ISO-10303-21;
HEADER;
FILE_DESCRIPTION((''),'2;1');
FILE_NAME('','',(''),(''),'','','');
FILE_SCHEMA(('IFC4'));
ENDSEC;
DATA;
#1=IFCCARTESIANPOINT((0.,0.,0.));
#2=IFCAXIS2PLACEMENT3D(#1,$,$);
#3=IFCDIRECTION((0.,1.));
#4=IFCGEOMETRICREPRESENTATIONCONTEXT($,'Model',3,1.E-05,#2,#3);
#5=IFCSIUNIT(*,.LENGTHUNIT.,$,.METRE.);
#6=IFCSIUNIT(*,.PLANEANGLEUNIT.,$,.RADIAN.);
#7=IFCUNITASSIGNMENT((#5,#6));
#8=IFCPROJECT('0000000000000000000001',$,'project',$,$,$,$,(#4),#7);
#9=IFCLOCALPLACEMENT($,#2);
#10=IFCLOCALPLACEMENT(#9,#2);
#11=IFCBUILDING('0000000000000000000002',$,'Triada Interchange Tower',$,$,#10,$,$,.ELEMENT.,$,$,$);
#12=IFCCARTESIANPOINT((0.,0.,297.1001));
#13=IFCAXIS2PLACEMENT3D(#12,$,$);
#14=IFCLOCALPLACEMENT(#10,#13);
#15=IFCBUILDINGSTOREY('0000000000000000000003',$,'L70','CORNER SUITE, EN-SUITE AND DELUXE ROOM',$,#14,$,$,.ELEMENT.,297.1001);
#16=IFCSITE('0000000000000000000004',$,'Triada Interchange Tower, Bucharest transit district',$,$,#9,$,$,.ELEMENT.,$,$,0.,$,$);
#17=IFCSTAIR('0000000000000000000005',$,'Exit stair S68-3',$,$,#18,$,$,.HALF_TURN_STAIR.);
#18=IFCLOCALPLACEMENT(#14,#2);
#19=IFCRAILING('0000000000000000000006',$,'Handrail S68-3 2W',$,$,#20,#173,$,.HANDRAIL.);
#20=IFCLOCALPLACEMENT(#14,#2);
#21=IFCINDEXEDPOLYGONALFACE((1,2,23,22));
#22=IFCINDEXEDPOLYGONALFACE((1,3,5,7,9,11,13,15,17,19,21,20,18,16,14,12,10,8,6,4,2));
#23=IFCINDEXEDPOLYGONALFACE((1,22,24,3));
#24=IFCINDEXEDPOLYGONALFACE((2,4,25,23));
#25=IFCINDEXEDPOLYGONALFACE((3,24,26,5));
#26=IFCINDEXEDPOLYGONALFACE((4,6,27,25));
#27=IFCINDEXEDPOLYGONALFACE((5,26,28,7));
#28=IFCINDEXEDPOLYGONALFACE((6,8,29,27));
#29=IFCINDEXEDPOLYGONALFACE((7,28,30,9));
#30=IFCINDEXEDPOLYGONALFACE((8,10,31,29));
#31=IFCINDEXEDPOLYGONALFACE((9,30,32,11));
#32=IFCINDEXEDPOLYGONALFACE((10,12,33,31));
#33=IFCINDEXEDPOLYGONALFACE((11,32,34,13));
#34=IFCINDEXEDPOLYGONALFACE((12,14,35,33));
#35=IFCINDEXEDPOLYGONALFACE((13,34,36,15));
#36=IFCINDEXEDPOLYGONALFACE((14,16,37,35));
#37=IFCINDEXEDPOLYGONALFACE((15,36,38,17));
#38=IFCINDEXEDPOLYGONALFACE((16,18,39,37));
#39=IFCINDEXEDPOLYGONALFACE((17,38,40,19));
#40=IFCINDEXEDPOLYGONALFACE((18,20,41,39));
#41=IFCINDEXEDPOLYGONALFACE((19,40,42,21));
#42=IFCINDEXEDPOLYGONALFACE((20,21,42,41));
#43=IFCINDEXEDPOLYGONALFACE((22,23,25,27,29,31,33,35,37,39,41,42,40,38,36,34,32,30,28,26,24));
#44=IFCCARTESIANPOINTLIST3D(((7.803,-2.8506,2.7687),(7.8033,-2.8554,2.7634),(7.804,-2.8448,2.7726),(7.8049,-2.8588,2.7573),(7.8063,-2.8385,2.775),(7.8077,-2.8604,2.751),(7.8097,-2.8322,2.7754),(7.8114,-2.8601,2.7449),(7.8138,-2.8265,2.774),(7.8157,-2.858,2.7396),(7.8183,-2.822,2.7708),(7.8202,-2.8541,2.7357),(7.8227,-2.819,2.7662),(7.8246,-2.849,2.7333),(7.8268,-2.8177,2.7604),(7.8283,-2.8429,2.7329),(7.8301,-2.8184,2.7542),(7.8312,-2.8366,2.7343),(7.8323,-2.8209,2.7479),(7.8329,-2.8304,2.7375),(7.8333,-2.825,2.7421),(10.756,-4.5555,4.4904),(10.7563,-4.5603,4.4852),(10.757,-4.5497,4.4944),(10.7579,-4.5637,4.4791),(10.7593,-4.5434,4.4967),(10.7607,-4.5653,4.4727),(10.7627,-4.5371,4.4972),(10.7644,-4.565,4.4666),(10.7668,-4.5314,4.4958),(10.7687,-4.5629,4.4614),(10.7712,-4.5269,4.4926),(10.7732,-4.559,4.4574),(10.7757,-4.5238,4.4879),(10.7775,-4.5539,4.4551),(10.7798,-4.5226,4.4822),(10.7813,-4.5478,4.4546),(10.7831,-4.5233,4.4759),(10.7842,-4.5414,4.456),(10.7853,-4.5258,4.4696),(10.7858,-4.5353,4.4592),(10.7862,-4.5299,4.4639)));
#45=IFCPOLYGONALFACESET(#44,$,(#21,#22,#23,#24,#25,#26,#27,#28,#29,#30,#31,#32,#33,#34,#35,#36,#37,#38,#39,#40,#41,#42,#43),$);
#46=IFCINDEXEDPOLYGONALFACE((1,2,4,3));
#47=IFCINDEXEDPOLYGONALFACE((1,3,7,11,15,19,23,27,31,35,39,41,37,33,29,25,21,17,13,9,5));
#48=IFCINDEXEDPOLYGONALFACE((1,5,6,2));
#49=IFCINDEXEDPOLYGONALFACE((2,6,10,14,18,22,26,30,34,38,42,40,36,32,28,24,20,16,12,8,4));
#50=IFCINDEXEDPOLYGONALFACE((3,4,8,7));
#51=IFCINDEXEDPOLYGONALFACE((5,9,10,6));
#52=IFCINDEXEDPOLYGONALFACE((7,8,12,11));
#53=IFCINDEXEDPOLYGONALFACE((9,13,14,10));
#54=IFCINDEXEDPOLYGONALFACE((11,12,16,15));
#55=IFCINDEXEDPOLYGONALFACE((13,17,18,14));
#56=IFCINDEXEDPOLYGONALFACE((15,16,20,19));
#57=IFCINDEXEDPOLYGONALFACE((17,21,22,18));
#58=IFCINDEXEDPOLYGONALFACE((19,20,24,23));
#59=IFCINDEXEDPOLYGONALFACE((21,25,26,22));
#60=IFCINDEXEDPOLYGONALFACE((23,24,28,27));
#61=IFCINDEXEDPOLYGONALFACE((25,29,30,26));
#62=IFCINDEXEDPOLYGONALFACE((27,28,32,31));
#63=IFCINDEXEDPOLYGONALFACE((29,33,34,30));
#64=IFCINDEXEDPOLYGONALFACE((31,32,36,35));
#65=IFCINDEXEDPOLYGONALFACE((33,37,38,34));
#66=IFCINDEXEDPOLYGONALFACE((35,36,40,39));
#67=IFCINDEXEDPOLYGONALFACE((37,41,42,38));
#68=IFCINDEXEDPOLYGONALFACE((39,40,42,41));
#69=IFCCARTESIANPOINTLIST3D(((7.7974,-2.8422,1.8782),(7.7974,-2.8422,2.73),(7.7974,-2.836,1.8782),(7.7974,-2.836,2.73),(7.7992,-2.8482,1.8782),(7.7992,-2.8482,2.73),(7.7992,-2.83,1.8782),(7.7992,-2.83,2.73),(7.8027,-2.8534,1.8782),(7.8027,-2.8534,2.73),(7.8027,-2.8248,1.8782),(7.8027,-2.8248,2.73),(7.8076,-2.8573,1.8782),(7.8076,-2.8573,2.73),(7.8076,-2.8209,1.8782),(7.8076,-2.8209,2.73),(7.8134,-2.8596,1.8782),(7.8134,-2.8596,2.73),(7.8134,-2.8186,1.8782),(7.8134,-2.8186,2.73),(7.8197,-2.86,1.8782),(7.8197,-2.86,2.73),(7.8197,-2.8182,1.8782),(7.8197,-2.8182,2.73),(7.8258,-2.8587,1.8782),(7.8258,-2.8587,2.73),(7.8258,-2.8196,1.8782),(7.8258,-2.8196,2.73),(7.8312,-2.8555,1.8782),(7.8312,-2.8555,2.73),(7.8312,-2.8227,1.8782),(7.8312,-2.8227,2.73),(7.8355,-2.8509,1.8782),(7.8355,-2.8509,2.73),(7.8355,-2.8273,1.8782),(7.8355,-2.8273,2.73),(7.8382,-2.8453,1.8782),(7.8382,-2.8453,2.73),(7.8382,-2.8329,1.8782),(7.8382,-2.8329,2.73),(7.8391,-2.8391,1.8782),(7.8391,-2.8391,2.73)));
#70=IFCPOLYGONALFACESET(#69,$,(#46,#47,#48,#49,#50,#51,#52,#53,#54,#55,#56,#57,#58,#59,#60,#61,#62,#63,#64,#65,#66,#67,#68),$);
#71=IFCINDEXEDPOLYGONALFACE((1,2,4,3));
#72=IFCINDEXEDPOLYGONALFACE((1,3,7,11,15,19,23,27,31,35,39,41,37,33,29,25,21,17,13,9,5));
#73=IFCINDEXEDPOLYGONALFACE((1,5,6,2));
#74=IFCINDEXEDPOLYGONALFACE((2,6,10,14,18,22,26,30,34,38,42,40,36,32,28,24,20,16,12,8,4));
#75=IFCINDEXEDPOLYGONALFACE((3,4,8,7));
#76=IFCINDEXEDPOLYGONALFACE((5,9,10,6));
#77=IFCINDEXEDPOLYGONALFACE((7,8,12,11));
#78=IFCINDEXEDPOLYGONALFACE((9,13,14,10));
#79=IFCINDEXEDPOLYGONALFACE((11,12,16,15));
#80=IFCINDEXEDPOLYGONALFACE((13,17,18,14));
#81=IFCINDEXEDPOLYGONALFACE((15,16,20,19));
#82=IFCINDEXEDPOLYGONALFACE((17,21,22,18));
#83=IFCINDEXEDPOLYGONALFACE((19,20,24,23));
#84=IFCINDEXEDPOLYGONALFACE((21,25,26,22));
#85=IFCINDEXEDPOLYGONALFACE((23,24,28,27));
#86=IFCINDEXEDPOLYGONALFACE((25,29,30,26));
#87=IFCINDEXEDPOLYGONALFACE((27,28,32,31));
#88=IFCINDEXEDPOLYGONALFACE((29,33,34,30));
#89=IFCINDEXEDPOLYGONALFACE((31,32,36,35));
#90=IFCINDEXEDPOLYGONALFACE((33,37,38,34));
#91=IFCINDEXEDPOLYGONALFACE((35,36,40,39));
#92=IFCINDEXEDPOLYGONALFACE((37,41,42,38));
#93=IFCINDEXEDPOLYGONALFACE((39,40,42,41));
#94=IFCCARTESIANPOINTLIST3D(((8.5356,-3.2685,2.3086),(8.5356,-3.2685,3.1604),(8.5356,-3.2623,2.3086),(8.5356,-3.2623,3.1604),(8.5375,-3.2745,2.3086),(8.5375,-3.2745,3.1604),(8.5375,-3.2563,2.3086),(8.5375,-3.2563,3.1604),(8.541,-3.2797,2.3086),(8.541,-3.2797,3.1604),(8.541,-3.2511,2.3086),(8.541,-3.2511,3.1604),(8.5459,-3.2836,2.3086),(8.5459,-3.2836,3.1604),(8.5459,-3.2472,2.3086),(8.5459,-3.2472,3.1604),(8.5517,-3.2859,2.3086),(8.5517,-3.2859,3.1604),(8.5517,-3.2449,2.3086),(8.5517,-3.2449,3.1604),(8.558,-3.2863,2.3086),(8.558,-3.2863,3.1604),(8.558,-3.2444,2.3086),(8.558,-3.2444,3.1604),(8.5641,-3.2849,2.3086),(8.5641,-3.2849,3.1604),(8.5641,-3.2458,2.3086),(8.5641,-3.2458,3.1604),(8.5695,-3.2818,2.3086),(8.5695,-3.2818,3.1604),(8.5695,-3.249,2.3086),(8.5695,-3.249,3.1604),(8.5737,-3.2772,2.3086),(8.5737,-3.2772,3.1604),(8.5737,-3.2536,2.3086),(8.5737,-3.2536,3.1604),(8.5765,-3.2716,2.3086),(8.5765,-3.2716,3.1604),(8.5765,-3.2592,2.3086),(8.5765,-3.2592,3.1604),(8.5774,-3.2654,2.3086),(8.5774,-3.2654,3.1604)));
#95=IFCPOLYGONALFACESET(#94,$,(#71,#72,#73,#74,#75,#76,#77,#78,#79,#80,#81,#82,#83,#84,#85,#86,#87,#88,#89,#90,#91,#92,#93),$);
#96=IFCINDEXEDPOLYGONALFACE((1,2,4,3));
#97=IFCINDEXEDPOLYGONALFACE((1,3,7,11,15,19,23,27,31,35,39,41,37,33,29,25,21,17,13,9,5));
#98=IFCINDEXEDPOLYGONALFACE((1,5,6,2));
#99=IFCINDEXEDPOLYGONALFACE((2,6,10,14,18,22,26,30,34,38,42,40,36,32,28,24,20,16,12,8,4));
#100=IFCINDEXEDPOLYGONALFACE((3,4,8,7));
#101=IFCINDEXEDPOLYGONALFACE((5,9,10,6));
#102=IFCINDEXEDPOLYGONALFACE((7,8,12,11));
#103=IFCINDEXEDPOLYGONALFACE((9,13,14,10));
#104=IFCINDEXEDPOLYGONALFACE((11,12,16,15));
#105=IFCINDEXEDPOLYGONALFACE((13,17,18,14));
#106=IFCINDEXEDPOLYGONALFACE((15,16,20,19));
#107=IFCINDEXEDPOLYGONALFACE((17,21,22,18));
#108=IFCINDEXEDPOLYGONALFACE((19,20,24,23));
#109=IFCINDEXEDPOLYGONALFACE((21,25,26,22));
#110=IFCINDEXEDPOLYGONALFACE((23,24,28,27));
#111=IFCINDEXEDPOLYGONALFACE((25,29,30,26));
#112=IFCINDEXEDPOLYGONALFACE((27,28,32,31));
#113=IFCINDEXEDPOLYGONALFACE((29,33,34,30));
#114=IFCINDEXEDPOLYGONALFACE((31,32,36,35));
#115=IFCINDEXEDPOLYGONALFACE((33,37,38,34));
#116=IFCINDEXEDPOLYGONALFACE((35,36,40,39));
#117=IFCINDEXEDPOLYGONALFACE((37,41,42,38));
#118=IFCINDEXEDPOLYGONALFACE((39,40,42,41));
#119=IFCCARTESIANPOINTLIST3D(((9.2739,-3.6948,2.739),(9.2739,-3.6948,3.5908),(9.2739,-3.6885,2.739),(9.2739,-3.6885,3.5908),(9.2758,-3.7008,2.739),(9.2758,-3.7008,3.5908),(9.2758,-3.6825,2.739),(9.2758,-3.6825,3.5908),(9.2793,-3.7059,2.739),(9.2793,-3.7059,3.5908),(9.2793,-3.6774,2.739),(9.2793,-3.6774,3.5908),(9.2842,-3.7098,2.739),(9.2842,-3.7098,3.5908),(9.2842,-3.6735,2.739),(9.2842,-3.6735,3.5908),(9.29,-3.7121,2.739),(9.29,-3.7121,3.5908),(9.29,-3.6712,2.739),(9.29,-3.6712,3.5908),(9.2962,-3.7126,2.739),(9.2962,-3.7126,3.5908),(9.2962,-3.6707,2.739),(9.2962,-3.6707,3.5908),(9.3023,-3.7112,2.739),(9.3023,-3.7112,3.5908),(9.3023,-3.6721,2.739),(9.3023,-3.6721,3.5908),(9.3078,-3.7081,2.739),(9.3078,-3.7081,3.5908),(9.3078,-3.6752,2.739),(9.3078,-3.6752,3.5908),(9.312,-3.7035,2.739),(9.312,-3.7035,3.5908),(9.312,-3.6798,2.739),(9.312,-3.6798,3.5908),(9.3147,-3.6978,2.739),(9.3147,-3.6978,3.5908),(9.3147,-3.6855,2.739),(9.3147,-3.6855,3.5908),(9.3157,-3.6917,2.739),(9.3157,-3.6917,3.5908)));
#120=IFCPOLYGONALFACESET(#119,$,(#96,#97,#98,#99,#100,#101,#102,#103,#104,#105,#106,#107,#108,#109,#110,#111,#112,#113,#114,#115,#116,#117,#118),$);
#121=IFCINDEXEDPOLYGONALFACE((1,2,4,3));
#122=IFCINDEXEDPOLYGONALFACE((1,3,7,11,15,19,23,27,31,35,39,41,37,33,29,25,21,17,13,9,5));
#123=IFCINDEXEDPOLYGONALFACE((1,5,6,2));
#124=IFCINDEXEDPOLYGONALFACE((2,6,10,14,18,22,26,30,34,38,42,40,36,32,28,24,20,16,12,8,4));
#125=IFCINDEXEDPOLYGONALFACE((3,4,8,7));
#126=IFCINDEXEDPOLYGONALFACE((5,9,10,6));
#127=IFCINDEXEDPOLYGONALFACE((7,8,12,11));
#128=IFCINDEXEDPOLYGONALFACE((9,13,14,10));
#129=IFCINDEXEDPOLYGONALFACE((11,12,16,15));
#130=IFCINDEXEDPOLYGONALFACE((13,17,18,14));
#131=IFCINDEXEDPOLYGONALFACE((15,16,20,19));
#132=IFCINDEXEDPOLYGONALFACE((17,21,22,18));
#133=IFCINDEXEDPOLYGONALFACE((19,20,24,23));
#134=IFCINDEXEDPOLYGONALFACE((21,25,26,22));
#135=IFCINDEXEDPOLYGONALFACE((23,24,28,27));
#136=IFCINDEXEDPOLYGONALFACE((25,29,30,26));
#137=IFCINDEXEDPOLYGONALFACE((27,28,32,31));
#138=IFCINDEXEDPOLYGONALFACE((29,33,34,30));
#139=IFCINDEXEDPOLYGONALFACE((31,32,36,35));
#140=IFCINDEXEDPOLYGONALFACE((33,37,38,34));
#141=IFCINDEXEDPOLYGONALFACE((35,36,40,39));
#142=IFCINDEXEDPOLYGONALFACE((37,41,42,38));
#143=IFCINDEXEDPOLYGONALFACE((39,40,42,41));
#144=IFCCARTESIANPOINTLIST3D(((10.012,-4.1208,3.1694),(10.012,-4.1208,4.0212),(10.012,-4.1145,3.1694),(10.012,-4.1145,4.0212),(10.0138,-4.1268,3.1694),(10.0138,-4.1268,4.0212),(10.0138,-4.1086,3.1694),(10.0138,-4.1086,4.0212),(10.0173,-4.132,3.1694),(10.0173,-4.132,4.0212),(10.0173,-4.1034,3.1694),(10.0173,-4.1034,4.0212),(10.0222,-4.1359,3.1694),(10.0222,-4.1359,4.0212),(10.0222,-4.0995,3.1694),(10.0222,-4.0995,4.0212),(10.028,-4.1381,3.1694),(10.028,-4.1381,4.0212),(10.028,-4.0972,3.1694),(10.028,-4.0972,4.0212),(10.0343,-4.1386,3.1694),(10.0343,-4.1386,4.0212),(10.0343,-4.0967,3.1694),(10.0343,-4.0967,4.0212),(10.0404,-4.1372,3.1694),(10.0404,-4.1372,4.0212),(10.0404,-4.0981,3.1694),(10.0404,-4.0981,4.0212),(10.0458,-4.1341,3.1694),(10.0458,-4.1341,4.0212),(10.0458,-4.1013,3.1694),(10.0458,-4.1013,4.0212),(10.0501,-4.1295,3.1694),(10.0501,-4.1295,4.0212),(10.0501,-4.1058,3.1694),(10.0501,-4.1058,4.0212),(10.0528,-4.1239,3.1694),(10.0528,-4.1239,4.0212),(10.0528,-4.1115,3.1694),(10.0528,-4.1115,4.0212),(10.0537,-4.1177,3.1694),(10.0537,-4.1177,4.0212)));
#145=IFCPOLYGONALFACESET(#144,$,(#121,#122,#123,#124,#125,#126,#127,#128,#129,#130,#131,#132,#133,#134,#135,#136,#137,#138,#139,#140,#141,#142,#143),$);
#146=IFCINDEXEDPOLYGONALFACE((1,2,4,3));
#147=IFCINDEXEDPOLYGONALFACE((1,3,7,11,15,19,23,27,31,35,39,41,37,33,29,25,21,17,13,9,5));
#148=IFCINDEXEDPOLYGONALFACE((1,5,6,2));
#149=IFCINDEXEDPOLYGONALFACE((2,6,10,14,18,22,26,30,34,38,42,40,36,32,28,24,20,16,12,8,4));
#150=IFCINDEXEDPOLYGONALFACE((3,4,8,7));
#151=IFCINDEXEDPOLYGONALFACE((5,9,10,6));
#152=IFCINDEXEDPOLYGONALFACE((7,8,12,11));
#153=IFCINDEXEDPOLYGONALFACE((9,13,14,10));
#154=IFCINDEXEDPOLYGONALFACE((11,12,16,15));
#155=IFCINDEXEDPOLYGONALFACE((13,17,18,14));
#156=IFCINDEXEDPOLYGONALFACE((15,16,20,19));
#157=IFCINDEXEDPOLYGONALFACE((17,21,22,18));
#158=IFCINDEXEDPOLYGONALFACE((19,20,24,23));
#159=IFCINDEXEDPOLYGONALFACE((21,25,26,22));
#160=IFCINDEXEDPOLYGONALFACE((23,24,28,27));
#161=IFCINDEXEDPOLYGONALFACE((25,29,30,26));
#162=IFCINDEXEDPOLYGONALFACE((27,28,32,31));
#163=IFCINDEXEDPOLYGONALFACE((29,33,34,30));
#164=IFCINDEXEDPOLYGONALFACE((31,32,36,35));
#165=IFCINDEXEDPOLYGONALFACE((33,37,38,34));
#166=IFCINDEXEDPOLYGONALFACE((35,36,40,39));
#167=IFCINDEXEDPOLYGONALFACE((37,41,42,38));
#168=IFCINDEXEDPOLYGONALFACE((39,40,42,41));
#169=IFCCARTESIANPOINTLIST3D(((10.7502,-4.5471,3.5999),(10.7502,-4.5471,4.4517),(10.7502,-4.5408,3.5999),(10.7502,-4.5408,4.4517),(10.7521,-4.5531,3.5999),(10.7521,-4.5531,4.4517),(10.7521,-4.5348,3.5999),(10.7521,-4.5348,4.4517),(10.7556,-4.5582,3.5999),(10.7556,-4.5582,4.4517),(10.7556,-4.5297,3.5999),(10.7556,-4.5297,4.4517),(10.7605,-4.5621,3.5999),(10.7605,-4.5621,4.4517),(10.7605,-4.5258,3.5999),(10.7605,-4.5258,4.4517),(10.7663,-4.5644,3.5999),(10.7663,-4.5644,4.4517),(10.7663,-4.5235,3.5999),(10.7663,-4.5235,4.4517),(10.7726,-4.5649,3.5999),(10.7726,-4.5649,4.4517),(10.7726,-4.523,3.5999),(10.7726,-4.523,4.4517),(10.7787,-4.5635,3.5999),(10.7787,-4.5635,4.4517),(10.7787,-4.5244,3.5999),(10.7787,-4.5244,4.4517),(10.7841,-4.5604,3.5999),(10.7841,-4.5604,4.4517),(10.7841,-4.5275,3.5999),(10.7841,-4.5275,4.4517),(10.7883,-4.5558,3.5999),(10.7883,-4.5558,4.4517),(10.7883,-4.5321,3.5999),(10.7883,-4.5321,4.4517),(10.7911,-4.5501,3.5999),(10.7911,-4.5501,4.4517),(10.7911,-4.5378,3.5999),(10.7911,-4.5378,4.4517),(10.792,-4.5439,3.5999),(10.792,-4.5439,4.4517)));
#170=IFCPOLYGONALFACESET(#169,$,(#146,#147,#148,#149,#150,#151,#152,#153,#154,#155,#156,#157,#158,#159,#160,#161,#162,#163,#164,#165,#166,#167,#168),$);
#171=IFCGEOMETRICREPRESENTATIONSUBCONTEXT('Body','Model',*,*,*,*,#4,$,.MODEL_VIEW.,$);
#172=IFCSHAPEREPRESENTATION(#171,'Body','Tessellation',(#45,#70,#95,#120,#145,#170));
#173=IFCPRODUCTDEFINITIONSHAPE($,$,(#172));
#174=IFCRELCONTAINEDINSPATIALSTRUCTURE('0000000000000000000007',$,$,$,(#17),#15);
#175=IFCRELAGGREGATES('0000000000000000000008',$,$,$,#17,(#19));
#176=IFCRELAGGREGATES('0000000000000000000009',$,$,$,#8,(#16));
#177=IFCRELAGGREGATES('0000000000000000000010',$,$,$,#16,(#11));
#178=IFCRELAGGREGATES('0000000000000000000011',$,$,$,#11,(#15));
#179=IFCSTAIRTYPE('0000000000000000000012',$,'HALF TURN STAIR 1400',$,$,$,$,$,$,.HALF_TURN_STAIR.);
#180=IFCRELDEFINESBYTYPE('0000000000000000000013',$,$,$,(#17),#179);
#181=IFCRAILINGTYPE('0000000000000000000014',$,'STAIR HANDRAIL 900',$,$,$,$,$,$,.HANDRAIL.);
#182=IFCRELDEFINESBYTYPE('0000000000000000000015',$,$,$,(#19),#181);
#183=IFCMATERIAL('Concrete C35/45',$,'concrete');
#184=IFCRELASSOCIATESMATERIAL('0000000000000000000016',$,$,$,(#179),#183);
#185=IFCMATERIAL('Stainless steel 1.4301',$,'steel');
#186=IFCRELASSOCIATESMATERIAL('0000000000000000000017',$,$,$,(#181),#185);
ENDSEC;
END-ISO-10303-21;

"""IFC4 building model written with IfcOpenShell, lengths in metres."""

from ifc_helpers import new_model, si_unit, direction, frame, origin, origin_2d, place, context, subcontext, project, spatial, circle, extrude, material, type_object, element, aggregate, save


model = new_model("IFC4")

# Units and contexts
model_context = context("Model", 3, precision=1e-05, world=origin(), true_north=direction((0.0, 1.0)))
body_context = subcontext(model_context, "Body", "Model", "MODEL_VIEW")
ifc_project = project(units=[si_unit("LENGTHUNIT", "METRE"), si_unit("PLANEANGLEUNIT", "RADIAN")], contexts=[model_context])

# Site, building, storey
site_placement = place(None, origin())
site = spatial("IfcSite", under=ifc_project, at=site_placement, Name="Triada Interchange Tower, Bucharest transit district", CompositionType="ELEMENT", RefElevation=0.0)
building_placement = place(site_placement, origin())
building = spatial("IfcBuilding", under=site, at=building_placement, Name="Triada Interchange Tower", CompositionType="ELEMENT")
storey_placement = place(building_placement, frame((0.0, 0.0, 297.1001)))
storey = spatial("IfcBuildingStorey", under=building, at=storey_placement, Name="L70", Description="CORNER SUITE, EN-SUITE AND DELUXE ROOM", CompositionType="ELEMENT", Elevation=297.1001)

# Stair, railing
ifc_material_1 = material(Name="Concrete C35/45", Category="concrete")
stair_type = type_object("IfcStairType", Name="HALF TURN STAIR 1400", PredefinedType="HALF_TURN_STAIR", material=ifc_material_1)
stair_placement = place(storey_placement, origin())
stair = element("IfcStair", 1, at=stair_placement, inside=storey, type_object=stair_type, Name="Exit stair S68-3", PredefinedType="HALF_TURN_STAIR")
ifc_material_2 = material(Name="Stainless steel 1.4301", Category="steel")
railing_type = type_object("IfcRailingType", Name="STAIR HANDRAIL 900", PredefinedType="HANDRAIL", material=ifc_material_2)
railing_1_placement = place(storey_placement, frame((7.8181, -2.8391, 1.8782)))
railing_1 = element("IfcRailing", 2, at=railing_1_placement, type_object=railing_type, Name="Handrail S68-3 2W", PredefinedType="HANDRAIL", context=body_context, shape_type="SweptSolid", body=[
    extrude(circle(Radius=0.0239, at=origin_2d()), frame((0.0, 0.0, 0.876), z_axis=(0.773065, -0.446326, 0.450736), x_axis=(0.499997, 0.866027, 0.0)), (0.0, 0.0, 1.0), 3.8198),
    extrude(circle(Radius=0.021, at=origin_2d()), origin(), (0.0, 0.0, 1.0), 0.8518),
    extrude(circle(Radius=0.021, at=origin_2d()), frame((0.7383, -0.4263, 0.4304)), (0.0, 0.0, 1.0), 0.8518),
    extrude(circle(Radius=0.021, at=origin_2d()), frame((1.4766, -0.8525, 0.8608)), (0.0, 0.0, 1.0), 0.8518),
    extrude(circle(Radius=0.021, at=origin_2d()), frame((2.2146, -1.2786, 1.2913)), (0.0, 0.0, 1.0), 0.8518),
    extrude(circle(Radius=0.021, at=origin_2d()), frame((2.9529, -1.7048, 1.7217)), (0.0, 0.0, 1.0), 0.8518),
])
aggregate(stair, [railing_1])

save(model, "model.ifc")
